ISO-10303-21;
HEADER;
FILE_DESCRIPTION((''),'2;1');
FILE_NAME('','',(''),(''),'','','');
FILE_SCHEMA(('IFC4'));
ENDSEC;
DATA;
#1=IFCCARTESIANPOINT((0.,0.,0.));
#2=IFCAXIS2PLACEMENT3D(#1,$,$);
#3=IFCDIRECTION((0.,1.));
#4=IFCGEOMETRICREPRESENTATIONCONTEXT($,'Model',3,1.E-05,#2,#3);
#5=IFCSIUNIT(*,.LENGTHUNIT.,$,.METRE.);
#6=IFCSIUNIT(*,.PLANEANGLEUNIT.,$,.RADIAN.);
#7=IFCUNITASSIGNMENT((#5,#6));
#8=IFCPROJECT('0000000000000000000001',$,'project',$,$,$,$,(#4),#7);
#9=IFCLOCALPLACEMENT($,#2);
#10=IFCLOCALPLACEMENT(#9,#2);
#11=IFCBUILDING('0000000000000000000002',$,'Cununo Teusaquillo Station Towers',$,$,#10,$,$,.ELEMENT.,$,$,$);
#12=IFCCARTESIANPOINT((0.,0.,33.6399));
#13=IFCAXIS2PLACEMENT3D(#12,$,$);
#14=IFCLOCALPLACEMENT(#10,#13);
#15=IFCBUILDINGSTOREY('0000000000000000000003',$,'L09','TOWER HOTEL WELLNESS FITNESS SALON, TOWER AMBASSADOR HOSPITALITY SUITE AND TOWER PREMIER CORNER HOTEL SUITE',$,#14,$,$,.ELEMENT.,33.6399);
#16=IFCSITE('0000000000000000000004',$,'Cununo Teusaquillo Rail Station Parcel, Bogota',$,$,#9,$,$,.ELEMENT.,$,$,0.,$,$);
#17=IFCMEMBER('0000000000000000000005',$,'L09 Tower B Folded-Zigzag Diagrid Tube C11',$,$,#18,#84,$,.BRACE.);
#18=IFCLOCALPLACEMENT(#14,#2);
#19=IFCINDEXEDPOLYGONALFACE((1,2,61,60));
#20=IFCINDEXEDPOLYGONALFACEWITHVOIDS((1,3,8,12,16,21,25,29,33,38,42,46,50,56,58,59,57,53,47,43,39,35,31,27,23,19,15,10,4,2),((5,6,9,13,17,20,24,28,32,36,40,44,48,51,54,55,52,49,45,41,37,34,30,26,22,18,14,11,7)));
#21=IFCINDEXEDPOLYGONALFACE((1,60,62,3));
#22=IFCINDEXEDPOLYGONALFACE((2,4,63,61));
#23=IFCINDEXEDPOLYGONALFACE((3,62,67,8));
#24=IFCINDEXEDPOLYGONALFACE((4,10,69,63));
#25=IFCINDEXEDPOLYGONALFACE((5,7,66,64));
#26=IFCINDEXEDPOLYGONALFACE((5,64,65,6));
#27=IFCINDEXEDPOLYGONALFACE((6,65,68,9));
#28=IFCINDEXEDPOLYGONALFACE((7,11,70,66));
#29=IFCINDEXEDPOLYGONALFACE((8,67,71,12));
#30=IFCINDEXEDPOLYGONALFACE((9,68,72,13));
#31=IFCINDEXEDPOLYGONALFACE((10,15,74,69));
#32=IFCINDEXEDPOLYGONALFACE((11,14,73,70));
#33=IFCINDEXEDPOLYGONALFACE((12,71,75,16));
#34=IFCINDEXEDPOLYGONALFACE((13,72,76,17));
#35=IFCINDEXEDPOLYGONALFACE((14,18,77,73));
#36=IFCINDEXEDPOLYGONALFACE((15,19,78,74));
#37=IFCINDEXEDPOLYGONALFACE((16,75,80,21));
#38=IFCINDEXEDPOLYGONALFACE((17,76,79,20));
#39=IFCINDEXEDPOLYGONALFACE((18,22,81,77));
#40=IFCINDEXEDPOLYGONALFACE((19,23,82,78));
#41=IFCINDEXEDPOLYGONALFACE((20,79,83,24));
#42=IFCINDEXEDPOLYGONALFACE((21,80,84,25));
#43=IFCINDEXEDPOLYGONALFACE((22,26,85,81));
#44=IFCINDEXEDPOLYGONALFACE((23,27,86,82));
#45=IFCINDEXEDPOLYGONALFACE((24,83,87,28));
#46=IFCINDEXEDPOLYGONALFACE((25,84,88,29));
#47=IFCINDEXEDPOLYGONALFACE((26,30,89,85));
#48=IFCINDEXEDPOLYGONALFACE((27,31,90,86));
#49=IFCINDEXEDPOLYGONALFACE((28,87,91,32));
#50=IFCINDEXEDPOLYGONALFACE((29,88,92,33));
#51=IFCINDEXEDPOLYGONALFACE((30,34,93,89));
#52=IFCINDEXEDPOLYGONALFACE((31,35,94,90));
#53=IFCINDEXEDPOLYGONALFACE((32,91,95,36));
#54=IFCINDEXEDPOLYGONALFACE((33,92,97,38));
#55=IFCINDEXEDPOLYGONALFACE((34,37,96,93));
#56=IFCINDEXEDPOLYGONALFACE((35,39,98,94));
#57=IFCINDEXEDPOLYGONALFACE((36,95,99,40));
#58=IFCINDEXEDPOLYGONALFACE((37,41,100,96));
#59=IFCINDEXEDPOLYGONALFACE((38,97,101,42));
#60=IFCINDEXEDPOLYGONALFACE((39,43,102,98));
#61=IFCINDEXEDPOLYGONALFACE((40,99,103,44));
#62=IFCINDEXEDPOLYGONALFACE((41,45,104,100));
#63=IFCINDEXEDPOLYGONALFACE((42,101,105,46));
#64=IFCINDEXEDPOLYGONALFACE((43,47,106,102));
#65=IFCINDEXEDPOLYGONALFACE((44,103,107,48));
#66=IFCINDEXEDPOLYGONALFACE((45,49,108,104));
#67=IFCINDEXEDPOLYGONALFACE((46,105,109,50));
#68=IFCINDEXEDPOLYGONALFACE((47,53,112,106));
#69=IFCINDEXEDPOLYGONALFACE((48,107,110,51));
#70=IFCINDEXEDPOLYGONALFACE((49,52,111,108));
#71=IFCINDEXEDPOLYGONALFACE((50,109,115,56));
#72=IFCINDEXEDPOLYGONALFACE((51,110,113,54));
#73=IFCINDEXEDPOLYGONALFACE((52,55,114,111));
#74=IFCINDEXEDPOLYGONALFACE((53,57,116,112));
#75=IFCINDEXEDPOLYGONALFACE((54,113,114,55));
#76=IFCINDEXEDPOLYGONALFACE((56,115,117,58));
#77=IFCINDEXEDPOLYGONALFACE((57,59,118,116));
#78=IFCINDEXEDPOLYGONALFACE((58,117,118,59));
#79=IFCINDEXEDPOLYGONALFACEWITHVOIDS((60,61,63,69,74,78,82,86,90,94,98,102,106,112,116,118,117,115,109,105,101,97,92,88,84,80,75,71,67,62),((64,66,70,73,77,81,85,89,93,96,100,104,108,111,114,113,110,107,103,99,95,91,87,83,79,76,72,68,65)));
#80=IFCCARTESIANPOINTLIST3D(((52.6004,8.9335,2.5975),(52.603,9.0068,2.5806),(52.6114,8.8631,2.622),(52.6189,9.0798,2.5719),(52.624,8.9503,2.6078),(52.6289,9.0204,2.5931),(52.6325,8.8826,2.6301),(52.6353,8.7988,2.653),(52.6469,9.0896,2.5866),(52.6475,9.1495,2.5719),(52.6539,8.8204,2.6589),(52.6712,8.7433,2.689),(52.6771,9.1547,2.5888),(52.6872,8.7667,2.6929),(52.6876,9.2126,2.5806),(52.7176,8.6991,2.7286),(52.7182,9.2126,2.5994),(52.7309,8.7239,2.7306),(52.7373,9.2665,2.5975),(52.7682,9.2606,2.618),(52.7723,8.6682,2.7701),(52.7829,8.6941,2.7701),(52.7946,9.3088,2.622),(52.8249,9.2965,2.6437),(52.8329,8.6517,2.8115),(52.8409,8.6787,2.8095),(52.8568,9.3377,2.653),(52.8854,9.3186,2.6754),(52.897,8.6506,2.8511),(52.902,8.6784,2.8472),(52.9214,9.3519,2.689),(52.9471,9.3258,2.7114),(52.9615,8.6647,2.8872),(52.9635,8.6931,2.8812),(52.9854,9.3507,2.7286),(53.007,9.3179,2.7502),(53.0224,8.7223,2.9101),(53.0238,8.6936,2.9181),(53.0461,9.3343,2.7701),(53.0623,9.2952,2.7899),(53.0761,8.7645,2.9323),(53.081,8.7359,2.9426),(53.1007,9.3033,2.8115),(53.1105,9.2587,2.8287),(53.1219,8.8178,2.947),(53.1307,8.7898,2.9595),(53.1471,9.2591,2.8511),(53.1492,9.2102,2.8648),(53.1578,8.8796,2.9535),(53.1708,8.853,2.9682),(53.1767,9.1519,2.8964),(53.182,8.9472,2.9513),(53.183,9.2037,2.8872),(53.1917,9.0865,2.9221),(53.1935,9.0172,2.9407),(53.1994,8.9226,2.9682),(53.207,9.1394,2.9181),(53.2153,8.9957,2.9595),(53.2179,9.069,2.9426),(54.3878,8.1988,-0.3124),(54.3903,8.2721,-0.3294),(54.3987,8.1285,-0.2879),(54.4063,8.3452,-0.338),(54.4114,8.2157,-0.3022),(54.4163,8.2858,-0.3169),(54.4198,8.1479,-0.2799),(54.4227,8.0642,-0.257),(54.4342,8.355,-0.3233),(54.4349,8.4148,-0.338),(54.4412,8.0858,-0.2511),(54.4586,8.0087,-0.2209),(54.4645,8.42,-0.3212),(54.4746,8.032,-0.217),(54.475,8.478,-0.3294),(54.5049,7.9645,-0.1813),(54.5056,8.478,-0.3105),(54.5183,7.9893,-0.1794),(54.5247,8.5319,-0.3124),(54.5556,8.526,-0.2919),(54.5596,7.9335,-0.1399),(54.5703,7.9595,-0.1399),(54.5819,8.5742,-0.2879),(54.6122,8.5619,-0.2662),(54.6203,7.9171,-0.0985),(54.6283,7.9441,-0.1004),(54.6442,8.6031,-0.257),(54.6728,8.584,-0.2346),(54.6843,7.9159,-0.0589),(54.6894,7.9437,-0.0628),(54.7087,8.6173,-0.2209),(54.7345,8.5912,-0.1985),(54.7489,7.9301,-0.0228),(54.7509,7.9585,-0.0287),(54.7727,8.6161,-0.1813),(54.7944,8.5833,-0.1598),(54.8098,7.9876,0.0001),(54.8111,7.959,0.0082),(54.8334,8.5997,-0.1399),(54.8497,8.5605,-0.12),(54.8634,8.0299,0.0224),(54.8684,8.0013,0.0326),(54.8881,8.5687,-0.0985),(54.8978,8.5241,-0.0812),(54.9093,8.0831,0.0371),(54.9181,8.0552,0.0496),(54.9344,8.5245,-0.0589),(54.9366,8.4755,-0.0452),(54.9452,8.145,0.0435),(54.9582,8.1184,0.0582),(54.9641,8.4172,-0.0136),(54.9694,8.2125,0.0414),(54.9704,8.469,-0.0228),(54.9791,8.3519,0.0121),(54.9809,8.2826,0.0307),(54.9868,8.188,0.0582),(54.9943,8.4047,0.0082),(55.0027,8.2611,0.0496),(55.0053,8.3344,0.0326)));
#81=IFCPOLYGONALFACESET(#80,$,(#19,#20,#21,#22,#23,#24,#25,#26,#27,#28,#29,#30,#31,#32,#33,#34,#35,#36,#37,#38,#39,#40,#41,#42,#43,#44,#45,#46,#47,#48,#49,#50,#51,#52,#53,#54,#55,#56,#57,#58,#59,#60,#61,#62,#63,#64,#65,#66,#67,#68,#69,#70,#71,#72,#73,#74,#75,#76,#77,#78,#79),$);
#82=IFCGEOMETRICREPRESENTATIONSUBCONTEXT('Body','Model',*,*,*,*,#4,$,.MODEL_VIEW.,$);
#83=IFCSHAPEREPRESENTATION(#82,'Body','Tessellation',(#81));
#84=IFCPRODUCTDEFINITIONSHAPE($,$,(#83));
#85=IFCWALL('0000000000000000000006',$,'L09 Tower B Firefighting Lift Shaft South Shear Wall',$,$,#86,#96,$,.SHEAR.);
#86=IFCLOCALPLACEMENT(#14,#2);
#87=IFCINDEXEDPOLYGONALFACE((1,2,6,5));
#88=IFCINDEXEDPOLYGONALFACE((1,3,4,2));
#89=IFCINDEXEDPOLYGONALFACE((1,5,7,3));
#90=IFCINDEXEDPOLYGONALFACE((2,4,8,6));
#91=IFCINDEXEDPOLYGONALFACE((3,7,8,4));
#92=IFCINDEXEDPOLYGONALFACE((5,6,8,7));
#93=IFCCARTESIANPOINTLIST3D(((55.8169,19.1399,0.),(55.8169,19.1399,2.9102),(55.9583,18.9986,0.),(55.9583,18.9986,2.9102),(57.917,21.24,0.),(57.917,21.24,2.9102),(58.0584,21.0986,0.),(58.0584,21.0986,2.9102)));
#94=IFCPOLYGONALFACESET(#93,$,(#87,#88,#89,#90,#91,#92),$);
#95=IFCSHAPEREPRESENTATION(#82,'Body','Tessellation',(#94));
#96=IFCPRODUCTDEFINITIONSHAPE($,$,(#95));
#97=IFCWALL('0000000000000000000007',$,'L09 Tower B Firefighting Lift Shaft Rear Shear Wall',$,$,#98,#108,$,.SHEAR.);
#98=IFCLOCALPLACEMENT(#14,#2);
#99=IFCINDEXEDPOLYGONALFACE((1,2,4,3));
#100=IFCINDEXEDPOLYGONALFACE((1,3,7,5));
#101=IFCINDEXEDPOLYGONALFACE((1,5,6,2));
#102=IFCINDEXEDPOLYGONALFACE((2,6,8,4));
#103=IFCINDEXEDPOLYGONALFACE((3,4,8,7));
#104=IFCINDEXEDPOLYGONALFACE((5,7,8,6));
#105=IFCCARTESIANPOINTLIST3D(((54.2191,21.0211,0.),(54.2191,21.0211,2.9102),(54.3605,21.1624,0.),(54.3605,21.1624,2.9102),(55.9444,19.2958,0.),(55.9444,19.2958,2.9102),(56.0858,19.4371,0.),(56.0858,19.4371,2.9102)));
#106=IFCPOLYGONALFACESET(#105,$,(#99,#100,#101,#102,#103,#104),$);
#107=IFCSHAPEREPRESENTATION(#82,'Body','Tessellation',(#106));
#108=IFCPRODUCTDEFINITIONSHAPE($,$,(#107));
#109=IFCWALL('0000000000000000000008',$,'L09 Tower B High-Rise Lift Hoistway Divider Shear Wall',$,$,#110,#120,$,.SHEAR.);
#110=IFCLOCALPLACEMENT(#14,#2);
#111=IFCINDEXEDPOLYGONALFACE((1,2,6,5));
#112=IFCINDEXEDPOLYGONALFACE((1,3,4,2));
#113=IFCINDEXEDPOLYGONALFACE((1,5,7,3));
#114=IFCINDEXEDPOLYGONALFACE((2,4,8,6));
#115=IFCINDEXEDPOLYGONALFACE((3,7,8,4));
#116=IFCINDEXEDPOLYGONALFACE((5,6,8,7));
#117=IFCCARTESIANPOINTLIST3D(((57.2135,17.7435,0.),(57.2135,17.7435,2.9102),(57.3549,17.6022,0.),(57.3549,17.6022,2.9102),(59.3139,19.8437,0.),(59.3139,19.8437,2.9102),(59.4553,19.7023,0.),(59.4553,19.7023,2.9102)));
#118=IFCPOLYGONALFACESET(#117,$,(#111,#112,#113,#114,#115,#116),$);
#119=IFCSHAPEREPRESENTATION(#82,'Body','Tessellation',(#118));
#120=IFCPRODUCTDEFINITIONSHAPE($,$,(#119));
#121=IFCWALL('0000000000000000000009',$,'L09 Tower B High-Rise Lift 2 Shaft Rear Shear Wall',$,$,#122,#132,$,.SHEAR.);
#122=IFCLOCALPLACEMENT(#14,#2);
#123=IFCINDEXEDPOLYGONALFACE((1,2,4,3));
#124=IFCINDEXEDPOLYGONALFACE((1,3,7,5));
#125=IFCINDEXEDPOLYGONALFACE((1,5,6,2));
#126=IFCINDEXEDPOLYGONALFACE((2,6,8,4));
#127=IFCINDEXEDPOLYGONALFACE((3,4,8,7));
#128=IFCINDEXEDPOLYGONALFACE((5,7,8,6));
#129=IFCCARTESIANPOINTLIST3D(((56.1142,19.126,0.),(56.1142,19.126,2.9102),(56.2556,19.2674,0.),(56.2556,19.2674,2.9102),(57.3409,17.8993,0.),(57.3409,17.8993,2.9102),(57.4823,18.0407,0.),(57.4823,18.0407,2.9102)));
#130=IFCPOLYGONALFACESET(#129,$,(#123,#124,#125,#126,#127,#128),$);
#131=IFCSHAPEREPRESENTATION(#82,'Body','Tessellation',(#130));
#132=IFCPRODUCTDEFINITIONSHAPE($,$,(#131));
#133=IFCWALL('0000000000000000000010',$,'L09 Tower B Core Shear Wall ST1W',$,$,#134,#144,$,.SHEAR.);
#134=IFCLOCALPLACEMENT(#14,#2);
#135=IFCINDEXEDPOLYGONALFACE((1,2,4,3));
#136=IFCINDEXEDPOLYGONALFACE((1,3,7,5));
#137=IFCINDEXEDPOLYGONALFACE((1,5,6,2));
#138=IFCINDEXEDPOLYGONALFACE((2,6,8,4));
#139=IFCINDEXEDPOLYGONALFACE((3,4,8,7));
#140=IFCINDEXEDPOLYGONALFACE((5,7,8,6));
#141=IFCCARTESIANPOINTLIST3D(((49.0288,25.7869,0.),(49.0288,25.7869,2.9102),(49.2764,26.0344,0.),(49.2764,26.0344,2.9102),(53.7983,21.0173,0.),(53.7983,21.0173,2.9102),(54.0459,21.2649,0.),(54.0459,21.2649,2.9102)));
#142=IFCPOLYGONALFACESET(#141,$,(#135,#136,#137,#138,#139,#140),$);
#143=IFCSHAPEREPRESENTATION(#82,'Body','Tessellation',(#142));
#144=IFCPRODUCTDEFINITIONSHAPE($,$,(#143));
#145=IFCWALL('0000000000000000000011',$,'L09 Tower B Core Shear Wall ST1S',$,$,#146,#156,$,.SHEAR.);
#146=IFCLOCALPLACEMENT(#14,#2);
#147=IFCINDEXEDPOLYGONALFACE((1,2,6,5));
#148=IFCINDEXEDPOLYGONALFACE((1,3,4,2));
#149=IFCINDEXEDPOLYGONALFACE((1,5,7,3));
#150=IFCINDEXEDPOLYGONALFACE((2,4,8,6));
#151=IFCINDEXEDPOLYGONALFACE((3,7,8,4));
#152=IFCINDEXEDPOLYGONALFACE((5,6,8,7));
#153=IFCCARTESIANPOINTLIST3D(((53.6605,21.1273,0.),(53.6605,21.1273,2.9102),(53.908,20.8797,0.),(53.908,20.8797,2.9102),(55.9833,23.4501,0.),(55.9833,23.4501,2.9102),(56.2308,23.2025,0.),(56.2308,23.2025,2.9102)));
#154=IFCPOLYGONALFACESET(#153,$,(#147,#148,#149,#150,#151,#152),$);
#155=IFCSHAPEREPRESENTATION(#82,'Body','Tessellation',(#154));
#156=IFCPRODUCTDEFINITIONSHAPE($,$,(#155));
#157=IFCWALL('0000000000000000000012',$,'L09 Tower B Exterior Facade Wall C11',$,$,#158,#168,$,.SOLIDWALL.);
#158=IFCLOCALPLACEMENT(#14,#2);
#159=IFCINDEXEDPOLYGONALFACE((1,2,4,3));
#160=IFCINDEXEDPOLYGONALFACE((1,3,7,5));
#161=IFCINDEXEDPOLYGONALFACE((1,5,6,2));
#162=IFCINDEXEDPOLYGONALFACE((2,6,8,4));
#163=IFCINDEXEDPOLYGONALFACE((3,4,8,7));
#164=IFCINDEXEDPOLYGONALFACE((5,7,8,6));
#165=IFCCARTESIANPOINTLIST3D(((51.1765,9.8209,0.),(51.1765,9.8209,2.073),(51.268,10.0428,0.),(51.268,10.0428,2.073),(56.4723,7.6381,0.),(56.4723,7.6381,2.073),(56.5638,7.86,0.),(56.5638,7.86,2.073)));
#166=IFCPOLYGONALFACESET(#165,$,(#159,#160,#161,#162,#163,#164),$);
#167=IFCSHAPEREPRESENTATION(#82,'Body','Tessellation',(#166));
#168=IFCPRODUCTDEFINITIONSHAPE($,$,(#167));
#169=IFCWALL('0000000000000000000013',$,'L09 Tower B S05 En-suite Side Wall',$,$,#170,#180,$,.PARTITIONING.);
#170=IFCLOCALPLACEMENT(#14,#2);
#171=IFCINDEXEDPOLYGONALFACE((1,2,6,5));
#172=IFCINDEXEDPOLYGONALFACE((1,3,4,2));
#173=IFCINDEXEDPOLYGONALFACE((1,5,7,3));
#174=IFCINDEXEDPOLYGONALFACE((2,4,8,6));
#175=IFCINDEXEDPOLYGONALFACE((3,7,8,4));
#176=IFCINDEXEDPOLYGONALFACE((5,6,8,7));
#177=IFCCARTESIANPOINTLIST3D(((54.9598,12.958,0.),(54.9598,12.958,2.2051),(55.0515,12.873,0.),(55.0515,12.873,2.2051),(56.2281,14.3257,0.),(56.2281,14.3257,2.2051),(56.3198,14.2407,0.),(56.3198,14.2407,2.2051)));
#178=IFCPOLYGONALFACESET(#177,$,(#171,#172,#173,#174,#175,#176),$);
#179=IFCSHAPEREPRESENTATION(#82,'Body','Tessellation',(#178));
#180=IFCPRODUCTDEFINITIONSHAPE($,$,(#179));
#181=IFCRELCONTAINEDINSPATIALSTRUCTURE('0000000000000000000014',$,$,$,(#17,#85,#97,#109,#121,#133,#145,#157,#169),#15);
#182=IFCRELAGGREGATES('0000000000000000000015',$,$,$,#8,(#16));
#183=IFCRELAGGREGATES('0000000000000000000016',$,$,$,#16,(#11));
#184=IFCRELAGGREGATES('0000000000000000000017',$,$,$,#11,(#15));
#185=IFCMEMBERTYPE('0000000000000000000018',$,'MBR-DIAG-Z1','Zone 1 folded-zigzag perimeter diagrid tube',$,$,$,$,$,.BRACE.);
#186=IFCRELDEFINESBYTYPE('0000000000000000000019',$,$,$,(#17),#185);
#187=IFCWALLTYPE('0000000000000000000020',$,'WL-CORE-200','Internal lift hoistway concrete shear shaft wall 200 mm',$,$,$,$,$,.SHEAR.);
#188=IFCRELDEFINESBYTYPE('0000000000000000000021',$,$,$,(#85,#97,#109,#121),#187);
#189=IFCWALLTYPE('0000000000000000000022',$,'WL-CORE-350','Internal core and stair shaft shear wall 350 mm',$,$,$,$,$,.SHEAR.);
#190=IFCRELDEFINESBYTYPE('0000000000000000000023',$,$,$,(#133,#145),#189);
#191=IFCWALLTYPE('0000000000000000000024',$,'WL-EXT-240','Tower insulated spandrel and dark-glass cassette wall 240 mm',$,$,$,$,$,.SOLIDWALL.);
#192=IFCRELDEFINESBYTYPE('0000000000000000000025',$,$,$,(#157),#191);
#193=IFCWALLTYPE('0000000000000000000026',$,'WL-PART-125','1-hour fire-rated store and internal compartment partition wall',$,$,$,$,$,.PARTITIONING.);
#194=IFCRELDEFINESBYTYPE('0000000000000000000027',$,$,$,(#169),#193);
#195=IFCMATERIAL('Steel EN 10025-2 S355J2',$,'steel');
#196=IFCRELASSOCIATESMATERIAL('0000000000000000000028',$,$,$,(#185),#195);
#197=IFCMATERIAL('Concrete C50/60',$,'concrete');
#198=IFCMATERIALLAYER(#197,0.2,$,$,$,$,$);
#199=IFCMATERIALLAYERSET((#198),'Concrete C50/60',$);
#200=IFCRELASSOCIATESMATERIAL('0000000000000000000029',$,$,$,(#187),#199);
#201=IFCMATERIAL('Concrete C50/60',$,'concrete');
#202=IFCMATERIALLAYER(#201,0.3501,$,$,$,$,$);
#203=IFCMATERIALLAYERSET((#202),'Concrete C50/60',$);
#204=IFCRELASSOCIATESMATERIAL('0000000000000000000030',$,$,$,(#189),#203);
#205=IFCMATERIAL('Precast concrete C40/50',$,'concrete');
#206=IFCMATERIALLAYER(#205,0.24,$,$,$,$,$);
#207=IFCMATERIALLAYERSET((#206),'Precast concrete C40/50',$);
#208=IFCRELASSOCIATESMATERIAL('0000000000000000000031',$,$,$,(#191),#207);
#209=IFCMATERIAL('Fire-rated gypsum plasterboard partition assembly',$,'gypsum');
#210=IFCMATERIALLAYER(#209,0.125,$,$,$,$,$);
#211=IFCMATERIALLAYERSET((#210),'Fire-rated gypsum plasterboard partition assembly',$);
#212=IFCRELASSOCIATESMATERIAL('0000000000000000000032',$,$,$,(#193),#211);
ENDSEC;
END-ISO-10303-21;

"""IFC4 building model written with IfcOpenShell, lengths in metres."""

from ifc_helpers import new_model, si_unit, direction, frame, frame_2d, origin, origin_2d, place, context, subcontext, project, spatial, rectangle, hollow_circle, extrude, material, layer, layer_set, material_profile, profile_set, type_object, element, save


model = new_model("IFC4")

# Units and contexts
model_context = context("Model", 3, precision=1e-05, world=origin(), true_north=direction((0.0, 1.0)))
body_context = subcontext(model_context, "Body", "Model", "MODEL_VIEW")
ifc_project = project(units=[si_unit("LENGTHUNIT", "METRE"), si_unit("PLANEANGLEUNIT", "RADIAN")], contexts=[model_context])

# Site, building, storey
site_placement = place(None, origin())
site = spatial("IfcSite", under=ifc_project, at=site_placement, Name="Cununo Teusaquillo Rail Station Parcel, Bogota", CompositionType="ELEMENT", RefElevation=0.0)
building_placement = place(site_placement, origin())
building = spatial("IfcBuilding", under=site, at=building_placement, Name="Cununo Teusaquillo Station Towers", CompositionType="ELEMENT")
storey_placement = place(building_placement, frame((0.0, 0.0, 33.6399)))
storey = spatial("IfcBuildingStorey", under=building, at=storey_placement, Name="L09", Description="TOWER HOTEL WELLNESS FITNESS SALON, TOWER AMBASSADOR HOSPITALITY SUITE AND TOWER PREMIER CORNER HOTEL SUITE", CompositionType="ELEMENT", Elevation=33.6399)

# Member
ifc_material_1 = material(Name="Steel EN 10025-2 S355J2", Category="steel")
ifc_material_profile_1 = material_profile(ifc_material_1, hollow_circle(Radius=0.3601, WallThickness=0.0281, at=origin_2d()), Name="CHS 720x28")
ifc_profile_set_1 = profile_set([ifc_material_profile_1], Name="Steel EN 10025-2 S355J2")
member_type = type_object("IfcMemberType", Name="MBR-DIAG-Z1", Description="Zone 1 folded-zigzag perimeter diagrid tube", PredefinedType="BRACE", material=ifc_profile_set_1)
member_placement = place(storey_placement, frame((54.6965, 8.2666, -0.1399), z_axis=(-0.511678, 0.210305, 0.833041), x_axis=(-0.380152, -0.924924, 0.0)))
element("IfcMember", 1, at=member_placement, inside=storey, type_object=member_type, Name="L09 Tower B Folded-Zigzag Diagrid Tube C11", PredefinedType="BRACE", context=body_context, shape_type="SweptSolid", body=[
    extrude(hollow_circle(Radius=0.3601, WallThickness=0.0281, at=origin_2d()), origin(), (0.0, 0.0, 1.0), 3.4932),
])

# Walls
ifc_material_2 = material(Name="Concrete C50/60", Category="concrete")
ifc_layer_1 = layer(ifc_material_2, 0.2)
ifc_layer_set_1 = layer_set([ifc_layer_1], Name="Concrete C50/60")
wall_type_1 = type_object("IfcWallType", Name="WL-CORE-200", Description="Internal lift hoistway concrete shear shaft wall 200 mm", PredefinedType="SHEAR", material=ifc_layer_set_1)
wall_1_placement = place(storey_placement, frame((55.8877, 19.0693, 0.0), z_axis=(0.0, 0.0, 1.0), x_axis=(0.707107, 0.707107, 0.0)))
element("IfcWall", 2, at=wall_1_placement, inside=storey, type_object=wall_type_1, Name="L09 Tower B Firefighting Lift Shaft South Shear Wall", PredefinedType="SHEAR", context=body_context, shape_type="SweptSolid", body=[
    extrude(rectangle(XDim=2.97, YDim=0.2, at=frame_2d((1.4849, 0.0))), origin(), (0.0, 0.0, 1.0), 2.9102),
])
wall_2_placement = place(storey_placement, frame((56.0151, 19.3665, 0.0), z_axis=(0.0, 0.0, 1.0), x_axis=(-0.707107, 0.707107, 0.0)))
element("IfcWall", 3, at=wall_2_placement, inside=storey, type_object=wall_type_1, Name="L09 Tower B Firefighting Lift Shaft Rear Shear Wall", PredefinedType="SHEAR", context=body_context, shape_type="SweptSolid", body=[
    extrude(rectangle(XDim=2.4399, YDim=0.2, at=frame_2d((1.22, 0.0))), origin(), (0.0, 0.0, 1.0), 2.9102),
])
wall_3_placement = place(storey_placement, frame((57.2842, 17.6729, 0.0), z_axis=(0.0, 0.0, 1.0), x_axis=(0.707148, 0.707066, 0.0)))
element("IfcWall", 4, at=wall_3_placement, inside=storey, type_object=wall_type_1, Name="L09 Tower B High-Rise Lift Hoistway Divider Shear Wall", PredefinedType="SHEAR", context=body_context, shape_type="SweptSolid", body=[
    extrude(rectangle(XDim=2.9702, YDim=0.2, at=frame_2d((1.4851, 0.0))), origin(), (0.0, 0.0, 1.0), 2.9102),
])
wall_4_placement = place(storey_placement, frame((57.4116, 17.97, 0.0), z_axis=(0.0, 0.0, 1.0), x_axis=(-0.707107, 0.707107, 0.0)))
element("IfcWall", 5, at=wall_4_placement, inside=storey, type_object=wall_type_1, Name="L09 Tower B High-Rise Lift 2 Shaft Rear Shear Wall", PredefinedType="SHEAR", context=body_context, shape_type="SweptSolid", body=[
    extrude(rectangle(XDim=1.7349, YDim=0.2, at=frame_2d((0.8674, 0.0))), origin(), (0.0, 0.0, 1.0), 2.9102),
])
ifc_material_3 = material(Name="Concrete C50/60", Category="concrete")
ifc_layer_2 = layer(ifc_material_3, 0.3501)
ifc_layer_set_2 = layer_set([ifc_layer_2], Name="Concrete C50/60")
wall_type_2 = type_object("IfcWallType", Name="WL-CORE-350", Description="Internal core and stair shaft shear wall 350 mm", PredefinedType="SHEAR", material=ifc_layer_set_2)
wall_5_placement = place(storey_placement, frame((53.9221, 21.1411, 0.0), z_axis=(0.0, 0.0, 1.0), x_axis=(-0.707107, 0.707107, 0.0)))
element("IfcWall", 6, at=wall_5_placement, inside=storey, type_object=wall_type_2, Name="L09 Tower B Core Shear Wall ST1W", PredefinedType="SHEAR", context=body_context, shape_type="SweptSolid", body=[
    extrude(rectangle(XDim=6.7451, YDim=0.3501, at=frame_2d((3.3726, 0.0))), origin(), (0.0, 0.0, 1.0), 2.9102),
])
wall_6_placement = place(storey_placement, frame((53.7842, 21.0034, 0.0), z_axis=(0.0, 0.0, 1.0), x_axis=(0.707107, 0.707107, 0.0)))
element("IfcWall", 7, at=wall_6_placement, inside=storey, type_object=wall_type_2, Name="L09 Tower B Core Shear Wall ST1S", PredefinedType="SHEAR", context=body_context, shape_type="SweptSolid", body=[
    extrude(rectangle(XDim=3.2849, YDim=0.3501, at=frame_2d((1.6426, 0.0))), origin(), (0.0, 0.0, 1.0), 2.9102),
])
ifc_material_4 = material(Name="Precast concrete C40/50", Category="concrete")
ifc_layer_3 = layer(ifc_material_4, 0.24)
ifc_layer_set_3 = layer_set([ifc_layer_3], Name="Precast concrete C40/50")
wall_type_3 = type_object("IfcWallType", Name="WL-EXT-240", Description="Tower insulated spandrel and dark-glass cassette wall 240 mm", PredefinedType="SOLIDWALL", material=ifc_layer_set_3)
wall_7_placement = place(storey_placement, frame((56.5181, 7.749, 0.0), z_axis=(0.0, 0.0, 1.0), x_axis=(-0.924543, 0.381078, 0.0)))
element("IfcWall", 8, at=wall_7_placement, inside=storey, type_object=wall_type_3, Name="L09 Tower B Exterior Facade Wall C11", PredefinedType="SOLIDWALL", context=body_context, shape_type="SweptSolid", body=[
    extrude(rectangle(XDim=5.728, YDim=0.24, at=frame_2d((2.864, 0.0))), origin(), (0.0, 0.0, 1.0), 2.073),
])
ifc_material_5 = material(Name="Fire-rated gypsum plasterboard partition assembly", Category="gypsum")
ifc_layer_4 = layer(ifc_material_5, 0.125)
ifc_layer_set_4 = layer_set([ifc_layer_4], Name="Fire-rated gypsum plasterboard partition assembly")
wall_type_4 = type_object("IfcWallType", Name="WL-PART-125", Description="1-hour fire-rated store and internal compartment partition wall", PredefinedType="PARTITIONING", material=ifc_layer_set_4)
wall_8_placement = place(storey_placement, frame((56.2739, 14.2832, 0.0), z_axis=(0.0, 0.0, 1.0), x_axis=(-0.679969, -0.733241, 0.0)))
element("IfcWall", 9, at=wall_8_placement, inside=storey, type_object=wall_type_4, Name="L09 Tower B S05 En-suite Side Wall", PredefinedType="PARTITIONING", context=body_context, shape_type="SweptSolid", body=[
    extrude(rectangle(XDim=1.8652, YDim=0.125, at=frame_2d((0.9326, 0.0))), origin(), (0.0, 0.0, 1.0), 2.2051),
])

save(model, "model.ifc")
